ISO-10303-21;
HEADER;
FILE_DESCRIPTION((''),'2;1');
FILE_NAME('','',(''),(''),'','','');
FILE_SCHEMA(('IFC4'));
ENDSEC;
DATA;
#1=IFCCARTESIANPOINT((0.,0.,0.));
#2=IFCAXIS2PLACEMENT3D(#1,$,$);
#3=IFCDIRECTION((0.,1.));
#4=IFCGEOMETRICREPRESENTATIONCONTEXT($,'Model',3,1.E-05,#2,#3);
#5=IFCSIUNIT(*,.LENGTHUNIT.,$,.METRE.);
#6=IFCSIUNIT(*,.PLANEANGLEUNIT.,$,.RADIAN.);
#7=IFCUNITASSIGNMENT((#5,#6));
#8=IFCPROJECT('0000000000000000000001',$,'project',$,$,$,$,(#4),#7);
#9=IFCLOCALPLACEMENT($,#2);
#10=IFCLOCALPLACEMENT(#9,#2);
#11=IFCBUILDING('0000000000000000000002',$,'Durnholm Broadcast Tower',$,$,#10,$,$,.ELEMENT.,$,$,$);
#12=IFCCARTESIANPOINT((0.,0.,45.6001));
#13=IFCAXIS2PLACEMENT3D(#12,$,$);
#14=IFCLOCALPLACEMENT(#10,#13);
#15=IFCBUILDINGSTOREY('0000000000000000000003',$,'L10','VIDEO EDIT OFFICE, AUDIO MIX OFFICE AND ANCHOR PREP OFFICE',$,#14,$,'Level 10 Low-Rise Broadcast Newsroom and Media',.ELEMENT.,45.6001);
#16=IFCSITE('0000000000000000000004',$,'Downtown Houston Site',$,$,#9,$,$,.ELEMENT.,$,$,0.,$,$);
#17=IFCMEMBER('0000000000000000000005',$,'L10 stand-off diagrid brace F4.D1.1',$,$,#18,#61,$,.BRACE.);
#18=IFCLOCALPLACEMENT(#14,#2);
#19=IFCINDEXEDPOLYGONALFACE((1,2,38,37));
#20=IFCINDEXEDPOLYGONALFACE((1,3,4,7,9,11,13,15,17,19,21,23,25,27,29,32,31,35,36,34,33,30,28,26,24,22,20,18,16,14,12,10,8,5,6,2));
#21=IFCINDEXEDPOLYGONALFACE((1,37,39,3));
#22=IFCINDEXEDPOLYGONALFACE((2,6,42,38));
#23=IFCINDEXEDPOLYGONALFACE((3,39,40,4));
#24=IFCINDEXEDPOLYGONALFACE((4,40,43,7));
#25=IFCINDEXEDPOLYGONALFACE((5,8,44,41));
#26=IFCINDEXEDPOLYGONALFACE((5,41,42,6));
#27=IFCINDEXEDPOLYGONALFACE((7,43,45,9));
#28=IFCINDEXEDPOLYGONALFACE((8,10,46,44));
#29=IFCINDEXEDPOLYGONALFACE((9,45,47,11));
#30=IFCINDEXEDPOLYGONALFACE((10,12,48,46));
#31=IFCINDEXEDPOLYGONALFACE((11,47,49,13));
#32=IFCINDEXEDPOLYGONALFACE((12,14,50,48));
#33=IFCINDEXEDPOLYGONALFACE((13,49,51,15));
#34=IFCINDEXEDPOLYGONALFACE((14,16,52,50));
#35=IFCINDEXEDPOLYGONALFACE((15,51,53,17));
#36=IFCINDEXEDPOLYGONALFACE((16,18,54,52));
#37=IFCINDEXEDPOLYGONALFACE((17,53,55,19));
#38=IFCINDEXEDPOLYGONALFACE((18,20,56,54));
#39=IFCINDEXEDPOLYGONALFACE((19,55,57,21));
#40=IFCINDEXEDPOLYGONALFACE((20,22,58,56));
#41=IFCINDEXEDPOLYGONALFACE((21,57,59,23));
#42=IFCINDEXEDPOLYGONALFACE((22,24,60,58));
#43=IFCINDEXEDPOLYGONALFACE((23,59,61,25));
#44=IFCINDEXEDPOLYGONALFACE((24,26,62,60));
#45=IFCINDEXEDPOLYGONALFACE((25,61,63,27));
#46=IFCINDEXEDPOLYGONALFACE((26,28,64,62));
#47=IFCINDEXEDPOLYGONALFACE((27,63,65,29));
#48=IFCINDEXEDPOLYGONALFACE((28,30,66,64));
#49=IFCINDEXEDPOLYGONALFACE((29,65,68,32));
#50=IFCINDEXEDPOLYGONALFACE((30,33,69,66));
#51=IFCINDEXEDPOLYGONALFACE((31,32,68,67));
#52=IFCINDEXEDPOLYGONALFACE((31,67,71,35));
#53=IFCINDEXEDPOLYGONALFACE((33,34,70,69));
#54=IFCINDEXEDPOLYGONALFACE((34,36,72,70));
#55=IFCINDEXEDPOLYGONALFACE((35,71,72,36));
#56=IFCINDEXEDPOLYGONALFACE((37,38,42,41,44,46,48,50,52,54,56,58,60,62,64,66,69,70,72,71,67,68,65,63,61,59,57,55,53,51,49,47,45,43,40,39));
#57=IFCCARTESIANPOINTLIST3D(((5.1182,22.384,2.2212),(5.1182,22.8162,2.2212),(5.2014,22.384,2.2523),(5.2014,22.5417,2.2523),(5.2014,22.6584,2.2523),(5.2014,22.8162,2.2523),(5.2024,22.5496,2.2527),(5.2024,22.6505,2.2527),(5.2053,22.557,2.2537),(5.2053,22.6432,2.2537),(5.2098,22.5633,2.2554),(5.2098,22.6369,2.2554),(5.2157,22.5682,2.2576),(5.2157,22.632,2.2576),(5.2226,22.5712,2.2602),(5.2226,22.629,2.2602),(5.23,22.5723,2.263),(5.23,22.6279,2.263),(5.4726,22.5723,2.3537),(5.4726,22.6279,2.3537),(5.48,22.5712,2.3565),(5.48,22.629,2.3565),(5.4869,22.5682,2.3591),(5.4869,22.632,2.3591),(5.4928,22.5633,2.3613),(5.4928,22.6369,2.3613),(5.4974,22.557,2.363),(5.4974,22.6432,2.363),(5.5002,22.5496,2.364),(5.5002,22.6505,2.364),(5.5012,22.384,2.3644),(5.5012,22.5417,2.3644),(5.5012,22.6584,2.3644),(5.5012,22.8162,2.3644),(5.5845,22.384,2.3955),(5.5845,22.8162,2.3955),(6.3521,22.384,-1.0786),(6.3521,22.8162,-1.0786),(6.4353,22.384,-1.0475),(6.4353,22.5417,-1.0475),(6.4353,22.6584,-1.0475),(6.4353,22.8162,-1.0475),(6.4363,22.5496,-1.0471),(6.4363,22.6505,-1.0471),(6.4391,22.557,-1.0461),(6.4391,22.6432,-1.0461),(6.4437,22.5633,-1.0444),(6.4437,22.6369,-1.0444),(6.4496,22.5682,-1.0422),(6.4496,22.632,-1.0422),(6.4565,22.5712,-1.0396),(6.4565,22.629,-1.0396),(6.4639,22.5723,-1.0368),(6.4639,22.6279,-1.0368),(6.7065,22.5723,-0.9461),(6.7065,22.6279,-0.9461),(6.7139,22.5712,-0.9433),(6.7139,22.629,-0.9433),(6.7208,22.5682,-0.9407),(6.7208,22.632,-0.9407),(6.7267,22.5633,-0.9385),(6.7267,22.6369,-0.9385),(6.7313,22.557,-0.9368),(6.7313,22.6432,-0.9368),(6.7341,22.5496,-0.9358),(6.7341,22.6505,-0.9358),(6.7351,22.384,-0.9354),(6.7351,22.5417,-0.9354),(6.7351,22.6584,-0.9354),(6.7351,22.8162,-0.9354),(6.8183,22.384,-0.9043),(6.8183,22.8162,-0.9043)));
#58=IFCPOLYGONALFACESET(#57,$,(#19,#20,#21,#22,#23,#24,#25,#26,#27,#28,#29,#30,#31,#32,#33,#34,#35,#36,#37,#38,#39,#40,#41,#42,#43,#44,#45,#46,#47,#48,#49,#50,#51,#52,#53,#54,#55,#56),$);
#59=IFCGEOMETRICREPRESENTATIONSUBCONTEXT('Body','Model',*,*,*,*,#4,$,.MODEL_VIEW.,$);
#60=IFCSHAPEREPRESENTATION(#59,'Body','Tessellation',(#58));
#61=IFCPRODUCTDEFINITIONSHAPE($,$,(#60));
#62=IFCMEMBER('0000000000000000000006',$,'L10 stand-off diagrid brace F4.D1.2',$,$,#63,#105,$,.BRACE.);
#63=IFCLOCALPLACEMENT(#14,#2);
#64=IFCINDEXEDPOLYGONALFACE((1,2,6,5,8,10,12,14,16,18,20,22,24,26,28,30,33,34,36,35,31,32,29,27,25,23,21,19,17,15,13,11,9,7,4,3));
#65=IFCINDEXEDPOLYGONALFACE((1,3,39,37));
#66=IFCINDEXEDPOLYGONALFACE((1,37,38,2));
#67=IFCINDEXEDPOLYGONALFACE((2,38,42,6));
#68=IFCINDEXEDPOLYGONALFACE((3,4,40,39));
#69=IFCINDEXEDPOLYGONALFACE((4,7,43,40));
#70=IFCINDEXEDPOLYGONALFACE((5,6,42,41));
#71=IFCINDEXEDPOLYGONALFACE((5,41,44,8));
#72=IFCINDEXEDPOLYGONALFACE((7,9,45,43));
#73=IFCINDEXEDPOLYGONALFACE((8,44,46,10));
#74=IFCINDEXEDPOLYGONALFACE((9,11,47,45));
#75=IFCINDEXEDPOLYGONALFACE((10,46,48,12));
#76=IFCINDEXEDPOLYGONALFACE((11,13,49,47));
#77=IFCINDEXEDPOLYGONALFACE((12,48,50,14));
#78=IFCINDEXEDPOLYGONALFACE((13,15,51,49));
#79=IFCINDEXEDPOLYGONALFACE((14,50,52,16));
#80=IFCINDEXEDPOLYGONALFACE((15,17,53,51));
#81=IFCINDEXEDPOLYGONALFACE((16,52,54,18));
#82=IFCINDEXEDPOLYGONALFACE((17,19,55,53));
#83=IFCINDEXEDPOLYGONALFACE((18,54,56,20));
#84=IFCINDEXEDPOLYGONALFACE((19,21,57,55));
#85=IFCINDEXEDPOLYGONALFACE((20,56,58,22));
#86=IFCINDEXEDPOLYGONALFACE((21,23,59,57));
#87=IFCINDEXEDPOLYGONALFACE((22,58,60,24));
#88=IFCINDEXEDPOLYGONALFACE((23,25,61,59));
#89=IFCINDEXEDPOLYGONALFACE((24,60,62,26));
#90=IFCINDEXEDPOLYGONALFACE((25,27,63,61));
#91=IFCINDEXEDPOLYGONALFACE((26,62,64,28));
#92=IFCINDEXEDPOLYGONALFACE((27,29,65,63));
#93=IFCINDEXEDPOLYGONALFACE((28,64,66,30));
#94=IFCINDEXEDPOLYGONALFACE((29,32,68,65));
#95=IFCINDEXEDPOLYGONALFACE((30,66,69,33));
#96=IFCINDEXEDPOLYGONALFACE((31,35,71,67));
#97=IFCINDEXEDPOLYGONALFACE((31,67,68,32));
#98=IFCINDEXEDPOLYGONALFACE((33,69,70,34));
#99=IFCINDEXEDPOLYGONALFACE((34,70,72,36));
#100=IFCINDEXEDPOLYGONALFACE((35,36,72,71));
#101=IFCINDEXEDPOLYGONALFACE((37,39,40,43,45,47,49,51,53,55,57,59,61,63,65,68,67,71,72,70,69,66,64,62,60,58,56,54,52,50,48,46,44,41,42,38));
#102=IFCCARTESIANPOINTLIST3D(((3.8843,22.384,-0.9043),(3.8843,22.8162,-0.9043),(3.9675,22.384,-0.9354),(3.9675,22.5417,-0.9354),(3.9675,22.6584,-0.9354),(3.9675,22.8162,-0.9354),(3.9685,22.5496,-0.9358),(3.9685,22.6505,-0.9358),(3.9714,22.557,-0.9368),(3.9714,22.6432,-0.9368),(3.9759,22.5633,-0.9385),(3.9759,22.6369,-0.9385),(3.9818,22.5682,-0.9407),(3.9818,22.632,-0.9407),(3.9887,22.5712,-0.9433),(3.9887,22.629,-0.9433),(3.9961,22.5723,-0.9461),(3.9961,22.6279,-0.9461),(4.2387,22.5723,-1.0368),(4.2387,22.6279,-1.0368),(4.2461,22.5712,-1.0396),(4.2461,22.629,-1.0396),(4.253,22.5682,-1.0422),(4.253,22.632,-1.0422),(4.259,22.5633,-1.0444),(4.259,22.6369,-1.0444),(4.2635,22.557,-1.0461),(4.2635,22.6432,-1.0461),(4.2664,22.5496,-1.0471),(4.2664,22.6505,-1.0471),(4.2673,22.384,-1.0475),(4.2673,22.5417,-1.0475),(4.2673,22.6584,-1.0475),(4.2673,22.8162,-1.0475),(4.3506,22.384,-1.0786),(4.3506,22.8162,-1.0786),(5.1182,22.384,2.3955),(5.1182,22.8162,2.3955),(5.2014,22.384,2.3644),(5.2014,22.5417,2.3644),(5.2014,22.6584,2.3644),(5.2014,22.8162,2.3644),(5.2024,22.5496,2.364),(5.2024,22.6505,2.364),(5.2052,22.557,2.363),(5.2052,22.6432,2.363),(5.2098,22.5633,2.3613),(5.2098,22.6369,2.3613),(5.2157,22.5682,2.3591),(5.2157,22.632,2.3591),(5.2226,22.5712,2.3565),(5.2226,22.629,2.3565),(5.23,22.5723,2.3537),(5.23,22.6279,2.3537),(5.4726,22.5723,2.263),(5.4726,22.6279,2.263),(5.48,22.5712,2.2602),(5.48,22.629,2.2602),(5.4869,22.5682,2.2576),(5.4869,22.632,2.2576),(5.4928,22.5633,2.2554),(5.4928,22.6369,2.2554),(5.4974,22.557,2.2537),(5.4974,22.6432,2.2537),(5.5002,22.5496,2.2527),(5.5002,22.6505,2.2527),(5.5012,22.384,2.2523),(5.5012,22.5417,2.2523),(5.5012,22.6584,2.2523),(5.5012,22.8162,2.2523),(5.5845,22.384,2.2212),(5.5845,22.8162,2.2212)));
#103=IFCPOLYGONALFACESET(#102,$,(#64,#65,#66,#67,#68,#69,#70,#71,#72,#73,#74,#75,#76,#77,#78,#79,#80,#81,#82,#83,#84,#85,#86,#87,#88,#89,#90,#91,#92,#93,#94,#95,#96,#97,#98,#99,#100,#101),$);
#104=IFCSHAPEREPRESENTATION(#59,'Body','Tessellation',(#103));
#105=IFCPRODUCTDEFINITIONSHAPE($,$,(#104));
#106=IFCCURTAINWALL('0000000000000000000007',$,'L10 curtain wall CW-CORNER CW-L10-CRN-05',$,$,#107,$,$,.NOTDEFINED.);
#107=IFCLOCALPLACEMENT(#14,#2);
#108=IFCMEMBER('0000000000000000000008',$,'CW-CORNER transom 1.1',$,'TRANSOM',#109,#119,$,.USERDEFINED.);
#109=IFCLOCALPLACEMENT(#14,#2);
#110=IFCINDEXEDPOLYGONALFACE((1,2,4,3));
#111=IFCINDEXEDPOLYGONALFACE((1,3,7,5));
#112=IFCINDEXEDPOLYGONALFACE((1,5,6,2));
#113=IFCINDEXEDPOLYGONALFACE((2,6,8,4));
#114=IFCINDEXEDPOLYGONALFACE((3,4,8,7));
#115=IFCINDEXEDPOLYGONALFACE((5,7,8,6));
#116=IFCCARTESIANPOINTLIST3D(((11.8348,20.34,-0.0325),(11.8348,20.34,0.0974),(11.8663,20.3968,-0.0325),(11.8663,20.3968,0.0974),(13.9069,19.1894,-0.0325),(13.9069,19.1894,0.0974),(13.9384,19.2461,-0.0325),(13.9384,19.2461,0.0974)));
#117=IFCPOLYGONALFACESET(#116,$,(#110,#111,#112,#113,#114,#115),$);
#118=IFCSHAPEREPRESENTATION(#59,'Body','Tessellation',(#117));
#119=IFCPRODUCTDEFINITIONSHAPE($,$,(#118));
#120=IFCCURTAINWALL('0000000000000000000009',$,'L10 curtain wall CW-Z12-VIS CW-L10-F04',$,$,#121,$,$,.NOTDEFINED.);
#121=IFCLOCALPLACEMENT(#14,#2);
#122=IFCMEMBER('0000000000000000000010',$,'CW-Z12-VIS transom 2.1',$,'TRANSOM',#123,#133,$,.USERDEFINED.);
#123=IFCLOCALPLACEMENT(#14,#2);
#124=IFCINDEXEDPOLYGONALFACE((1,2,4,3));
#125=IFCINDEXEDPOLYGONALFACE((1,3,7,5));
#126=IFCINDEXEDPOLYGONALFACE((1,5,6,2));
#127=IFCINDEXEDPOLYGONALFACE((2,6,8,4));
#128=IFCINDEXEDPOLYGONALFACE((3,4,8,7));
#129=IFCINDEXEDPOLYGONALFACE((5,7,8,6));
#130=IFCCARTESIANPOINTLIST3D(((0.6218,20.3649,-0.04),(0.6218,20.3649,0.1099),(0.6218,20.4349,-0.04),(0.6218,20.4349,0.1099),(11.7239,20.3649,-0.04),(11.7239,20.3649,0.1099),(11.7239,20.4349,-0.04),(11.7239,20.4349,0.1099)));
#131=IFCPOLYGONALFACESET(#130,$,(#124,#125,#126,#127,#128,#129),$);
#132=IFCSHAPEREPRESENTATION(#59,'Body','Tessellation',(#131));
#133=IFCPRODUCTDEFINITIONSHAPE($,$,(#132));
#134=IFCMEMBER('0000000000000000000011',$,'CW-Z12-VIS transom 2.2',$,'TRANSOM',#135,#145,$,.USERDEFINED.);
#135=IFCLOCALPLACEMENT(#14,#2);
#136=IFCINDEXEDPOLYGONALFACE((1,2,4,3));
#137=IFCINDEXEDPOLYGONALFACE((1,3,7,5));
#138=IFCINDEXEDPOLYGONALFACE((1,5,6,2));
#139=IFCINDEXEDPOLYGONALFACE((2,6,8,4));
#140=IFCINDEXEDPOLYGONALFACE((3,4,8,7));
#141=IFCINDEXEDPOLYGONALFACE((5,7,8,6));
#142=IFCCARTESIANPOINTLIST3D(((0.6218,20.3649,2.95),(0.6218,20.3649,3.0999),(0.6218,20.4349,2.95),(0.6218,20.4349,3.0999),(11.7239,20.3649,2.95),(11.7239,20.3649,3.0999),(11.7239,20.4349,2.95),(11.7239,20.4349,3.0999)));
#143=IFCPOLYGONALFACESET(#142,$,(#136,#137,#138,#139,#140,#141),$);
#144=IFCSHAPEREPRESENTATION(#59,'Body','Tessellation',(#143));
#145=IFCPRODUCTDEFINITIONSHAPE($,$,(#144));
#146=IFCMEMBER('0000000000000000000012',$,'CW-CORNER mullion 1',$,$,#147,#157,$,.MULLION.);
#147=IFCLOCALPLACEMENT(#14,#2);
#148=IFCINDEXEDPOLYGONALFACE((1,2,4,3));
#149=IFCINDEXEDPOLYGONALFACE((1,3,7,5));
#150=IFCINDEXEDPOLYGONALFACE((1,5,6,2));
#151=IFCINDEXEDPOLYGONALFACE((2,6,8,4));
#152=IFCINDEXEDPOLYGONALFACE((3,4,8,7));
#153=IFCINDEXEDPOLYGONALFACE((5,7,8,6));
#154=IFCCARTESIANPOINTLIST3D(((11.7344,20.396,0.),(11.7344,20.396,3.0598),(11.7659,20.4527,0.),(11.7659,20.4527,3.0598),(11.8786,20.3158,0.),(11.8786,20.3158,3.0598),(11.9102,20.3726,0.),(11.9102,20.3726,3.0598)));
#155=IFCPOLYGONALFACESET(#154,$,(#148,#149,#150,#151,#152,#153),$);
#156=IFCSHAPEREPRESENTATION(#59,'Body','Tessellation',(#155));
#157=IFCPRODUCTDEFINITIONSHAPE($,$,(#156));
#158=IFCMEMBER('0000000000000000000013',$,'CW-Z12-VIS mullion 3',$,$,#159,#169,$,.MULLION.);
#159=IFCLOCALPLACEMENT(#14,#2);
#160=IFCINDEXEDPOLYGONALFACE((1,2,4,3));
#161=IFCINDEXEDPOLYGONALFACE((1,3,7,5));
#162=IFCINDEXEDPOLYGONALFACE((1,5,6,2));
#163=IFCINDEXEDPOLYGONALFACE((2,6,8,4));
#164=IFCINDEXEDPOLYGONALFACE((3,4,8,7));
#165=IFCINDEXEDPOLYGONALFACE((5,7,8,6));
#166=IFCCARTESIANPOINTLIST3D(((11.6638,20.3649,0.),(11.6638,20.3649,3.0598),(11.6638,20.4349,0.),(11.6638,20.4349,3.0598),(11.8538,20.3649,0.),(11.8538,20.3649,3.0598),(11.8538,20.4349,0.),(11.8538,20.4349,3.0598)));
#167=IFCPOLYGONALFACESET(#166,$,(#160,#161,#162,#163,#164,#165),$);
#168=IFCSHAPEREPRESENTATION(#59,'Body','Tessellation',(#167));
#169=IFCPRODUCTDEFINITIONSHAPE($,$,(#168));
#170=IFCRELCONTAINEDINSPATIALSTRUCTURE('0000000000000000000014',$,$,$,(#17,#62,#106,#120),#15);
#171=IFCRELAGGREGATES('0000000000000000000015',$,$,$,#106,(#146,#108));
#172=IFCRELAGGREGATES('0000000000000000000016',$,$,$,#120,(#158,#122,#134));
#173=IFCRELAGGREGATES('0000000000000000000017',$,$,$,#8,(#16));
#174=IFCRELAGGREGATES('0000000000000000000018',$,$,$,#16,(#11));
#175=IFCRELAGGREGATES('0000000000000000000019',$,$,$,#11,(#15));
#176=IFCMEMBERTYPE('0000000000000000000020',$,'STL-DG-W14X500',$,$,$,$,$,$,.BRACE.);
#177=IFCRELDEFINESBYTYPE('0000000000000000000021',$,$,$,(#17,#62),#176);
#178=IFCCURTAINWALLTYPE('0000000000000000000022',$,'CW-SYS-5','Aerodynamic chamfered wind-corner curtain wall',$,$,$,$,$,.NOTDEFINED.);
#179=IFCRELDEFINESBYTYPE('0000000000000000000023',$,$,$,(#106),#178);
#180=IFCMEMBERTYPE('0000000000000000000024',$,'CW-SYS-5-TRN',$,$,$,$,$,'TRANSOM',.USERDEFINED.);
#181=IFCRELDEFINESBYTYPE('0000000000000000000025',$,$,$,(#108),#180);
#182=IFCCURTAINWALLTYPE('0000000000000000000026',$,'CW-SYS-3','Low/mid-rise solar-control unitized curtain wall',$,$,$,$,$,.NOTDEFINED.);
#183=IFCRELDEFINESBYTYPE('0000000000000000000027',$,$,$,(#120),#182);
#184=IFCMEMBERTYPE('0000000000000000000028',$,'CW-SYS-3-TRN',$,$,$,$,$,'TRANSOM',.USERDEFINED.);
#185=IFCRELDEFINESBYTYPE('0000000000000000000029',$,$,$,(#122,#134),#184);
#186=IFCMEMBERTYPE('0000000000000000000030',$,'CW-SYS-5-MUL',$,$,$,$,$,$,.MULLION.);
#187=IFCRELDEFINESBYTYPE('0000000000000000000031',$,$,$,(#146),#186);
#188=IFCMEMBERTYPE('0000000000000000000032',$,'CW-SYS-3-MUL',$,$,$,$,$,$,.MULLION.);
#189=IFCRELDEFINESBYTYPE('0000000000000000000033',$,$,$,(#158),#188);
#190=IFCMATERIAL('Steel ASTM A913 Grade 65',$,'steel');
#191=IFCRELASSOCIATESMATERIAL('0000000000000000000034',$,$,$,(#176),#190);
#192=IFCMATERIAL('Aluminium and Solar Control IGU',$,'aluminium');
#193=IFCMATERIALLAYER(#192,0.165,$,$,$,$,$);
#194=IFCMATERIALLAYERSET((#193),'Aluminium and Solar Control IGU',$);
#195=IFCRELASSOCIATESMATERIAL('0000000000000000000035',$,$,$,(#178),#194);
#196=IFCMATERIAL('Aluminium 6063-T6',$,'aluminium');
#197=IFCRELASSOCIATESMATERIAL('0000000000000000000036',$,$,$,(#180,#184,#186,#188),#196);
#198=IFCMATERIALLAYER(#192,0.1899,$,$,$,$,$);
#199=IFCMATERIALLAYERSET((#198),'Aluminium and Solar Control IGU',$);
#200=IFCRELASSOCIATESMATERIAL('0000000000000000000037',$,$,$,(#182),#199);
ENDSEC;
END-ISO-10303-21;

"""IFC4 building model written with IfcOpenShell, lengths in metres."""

from ifc_helpers import new_model, si_unit, direction, frame, origin, origin_2d, place, context, subcontext, project, spatial, rectangle, i_section, extrude, source, transform, mapped, material, layer, layer_set, material_profile, profile_set, type_object, type_shapes, element, aggregate, save


model = new_model("IFC4")

# Units and contexts
model_context = context("Model", 3, precision=1e-05, world=origin(), true_north=direction((0.0, 1.0)))
body_context = subcontext(model_context, "Body", "Model", "MODEL_VIEW")
ifc_project = project(units=[si_unit("LENGTHUNIT", "METRE"), si_unit("PLANEANGLEUNIT", "RADIAN")], contexts=[model_context])

# Site, building, storey
site_placement = place(None, origin())
site = spatial("IfcSite", under=ifc_project, at=site_placement, Name="Downtown Houston Site", CompositionType="ELEMENT", RefElevation=0.0)
building_placement = place(site_placement, origin())
building = spatial("IfcBuilding", under=site, at=building_placement, Name="Durnholm Broadcast Tower", CompositionType="ELEMENT")
storey_placement = place(building_placement, frame((0.0, 0.0, 45.6001)))
storey = spatial("IfcBuildingStorey", under=building, at=storey_placement, Name="L10", Description="VIDEO EDIT OFFICE, AUDIO MIX OFFICE AND ANCHOR PREP OFFICE", LongName="Level 10 Low-Rise Broadcast Newsroom and Media", CompositionType="ELEMENT", Elevation=45.6001)

# Members
ifc_material_1 = material(Name="Steel ASTM A913 Grade 65", Category="steel")
ifc_material_profile_1 = material_profile(ifc_material_1, i_section(OverallWidth=0.4321, OverallDepth=0.4978, WebThickness=0.0557, FlangeThickness=0.0889, FilletRadius=0.0305, at=origin_2d()), Name="W14X500")
ifc_profile_set_1 = profile_set([ifc_material_profile_1], Name="Steel ASTM A913 Grade 65")
member_type_1 = type_object("IfcMemberType", Name="STL-DG-W14X500", PredefinedType="BRACE", material=ifc_profile_set_1)
shared_shape_1 = source(origin(), body_context, "Body", "SweptSolid", [
    extrude(i_section(OverallWidth=0.4321, OverallDepth=0.4978, WebThickness=0.0557, FlangeThickness=0.0889, FilletRadius=0.0305, at=origin_2d()), origin(), (0.0, 0.0, 1.0), 3.5229),
])
type_shapes(member_type_1, [shared_shape_1])
for number, where, z_axis, x_axis, name in (
    (1, (6.5852, 22.6001, -0.9915), (-0.350242, 0.0, 0.936659), (0.0, -1.0, 0.0), "L10 stand-off diagrid brace F4.D1.1"),
    (2, (4.1174, 22.6001, -0.9915), (0.350242, 0.0, 0.936659), (0.0, 1.0, 0.0), "L10 stand-off diagrid brace F4.D1.2"),
):
    element("IfcMember", number, at=place(storey_placement, frame(where, z_axis=z_axis, x_axis=x_axis)), inside=storey, type_object=member_type_1, Name=name, PredefinedType="BRACE", context=body_context, shape_type="MappedRepresentation", body=[
        mapped(shared_shape_1, transform((0.0, 0.0, 0.0), x_axis=(1.0, 0.0, 0.0), y_axis=(0.0, 1.0, 0.0), z_axis=(0.0, 0.0, 1.0), scale=1.0)),
    ])

# Curtain wall, member
ifc_material_2 = material(Name="Aluminium and Solar Control IGU", Category="aluminium")
ifc_layer_1 = layer(ifc_material_2, 0.165)
ifc_layer_set_1 = layer_set([ifc_layer_1], Name="Aluminium and Solar Control IGU")
curtain_wall_type_1 = type_object("IfcCurtainWallType", Name="CW-SYS-5", Description="Aerodynamic chamfered wind-corner curtain wall", PredefinedType="NOTDEFINED", material=ifc_layer_set_1)
curtain_wall_1_placement = place(storey_placement, origin())
curtain_wall_1 = element("IfcCurtainWall", 3, at=curtain_wall_1_placement, inside=storey, type_object=curtain_wall_type_1, Name="L10 curtain wall CW-CORNER CW-L10-CRN-05", PredefinedType="NOTDEFINED")
ifc_material_3 = material(Name="Aluminium 6063-T6", Category="aluminium")
ifc_material_profile_2 = material_profile(ifc_material_3, rectangle(XDim=0.0649, YDim=0.1299, at=origin_2d()), Name="CWT65X130")
ifc_profile_set_2 = profile_set([ifc_material_profile_2], Name="Aluminium 6063-T6")
member_type_2 = type_object("IfcMemberType", Name="CW-SYS-5-TRN", ElementType="TRANSOM", PredefinedType="USERDEFINED", material=ifc_profile_set_2)
shared_shape_2 = source(origin(), body_context, "Body", "SweptSolid", [
    extrude(rectangle(XDim=0.0649, YDim=0.1299, at=origin_2d()), origin(), (0.0, 0.0, 1.0), 2.3701),
])
type_shapes(member_type_2, [shared_shape_2])
member_1_placement = place(storey_placement, frame((11.8506, 20.3684, 0.0325), z_axis=(0.874245, -0.485485, 0.0), x_axis=(0.485485, 0.874245, 0.0)))
member_1 = element("IfcMember", 4, at=member_1_placement, type_object=member_type_2, Name="CW-CORNER transom 1.1", ObjectType="TRANSOM", PredefinedType="USERDEFINED", context=body_context, shape_type="MappedRepresentation", body=[
    mapped(shared_shape_2, transform((0.0, 0.0, 0.0), x_axis=(1.0, 0.0, 0.0), y_axis=(0.0, 1.0, 0.0), z_axis=(0.0, 0.0, 1.0), scale=1.0)),
])

# Curtain wall, members
ifc_layer_2 = layer(ifc_material_2, 0.1899)
ifc_layer_set_2 = layer_set([ifc_layer_2], Name="Aluminium and Solar Control IGU")
curtain_wall_type_2 = type_object("IfcCurtainWallType", Name="CW-SYS-3", Description="Low/mid-rise solar-control unitized curtain wall", PredefinedType="NOTDEFINED", material=ifc_layer_set_2)
curtain_wall_2_placement = place(storey_placement, origin())
curtain_wall_2 = element("IfcCurtainWall", 5, at=curtain_wall_2_placement, inside=storey, type_object=curtain_wall_type_2, Name="L10 curtain wall CW-Z12-VIS CW-L10-F04", PredefinedType="NOTDEFINED")
ifc_material_profile_3 = material_profile(ifc_material_3, rectangle(XDim=0.0701, YDim=0.1499, at=origin_2d()), Name="CWT70X150")
ifc_profile_set_3 = profile_set([ifc_material_profile_3], Name="Aluminium 6063-T6")
member_type_3 = type_object("IfcMemberType", Name="CW-SYS-3-TRN", ElementType="TRANSOM", PredefinedType="USERDEFINED", material=ifc_profile_set_3)
shared_shape_3 = source(origin(), body_context, "Body", "SweptSolid", [
    extrude(rectangle(XDim=0.0701, YDim=0.1499, at=origin_2d()), origin(), (0.0, 0.0, 1.0), 11.1021),
])
type_shapes(member_type_3, [shared_shape_3])
member_2_placement = place(storey_placement, frame((0.6218, 20.3999, 0.0349), z_axis=(1.0, 0.0, 0.0), x_axis=(0.0, 1.0, 0.0)))
member_2 = element("IfcMember", 6, at=member_2_placement, type_object=member_type_3, Name="CW-Z12-VIS transom 2.1", ObjectType="TRANSOM", PredefinedType="USERDEFINED", context=body_context, shape_type="MappedRepresentation", body=[
    mapped(shared_shape_3, transform((0.0, 0.0, 0.0), x_axis=(1.0, 0.0, 0.0), y_axis=(0.0, 1.0, 0.0), z_axis=(0.0, 0.0, 1.0), scale=1.0)),
])
member_3_placement = place(storey_placement, frame((0.6218, 20.3999, 3.0249), z_axis=(1.0, 0.0, 0.0), x_axis=(0.0, 1.0, 0.0)))
member_3 = element("IfcMember", 7, at=member_3_placement, type_object=member_type_3, Name="CW-Z12-VIS transom 2.2", ObjectType="TRANSOM", PredefinedType="USERDEFINED", context=body_context, shape_type="MappedRepresentation", body=[
    mapped(shared_shape_3, transform((0.0, 0.0, 0.0), x_axis=(1.0, 0.0, 0.0), y_axis=(0.0, 1.0, 0.0), z_axis=(0.0, 0.0, 1.0), scale=1.0)),
])

# Members
ifc_material_profile_4 = material_profile(ifc_material_3, rectangle(XDim=0.0649, YDim=0.165, at=origin_2d()), Name="CWM65X165")
ifc_profile_set_4 = profile_set([ifc_material_profile_4], Name="Aluminium 6063-T6")
member_type_4 = type_object("IfcMemberType", Name="CW-SYS-5-MUL", PredefinedType="MULLION", material=ifc_profile_set_4)
shared_shape_4 = source(origin(), body_context, "Body", "SweptSolid", [
    extrude(rectangle(XDim=0.0649, YDim=0.165, at=origin_2d()), origin(), (0.0, 0.0, 1.0), 3.0598),
])
type_shapes(member_type_4, [shared_shape_4])
member_4_placement = place(storey_placement, frame((11.8223, 20.3843, 0.0), z_axis=(0.0, 0.0, 1.0), x_axis=(0.485483, 0.874246, 0.0)))
member_4 = element("IfcMember", 8, at=member_4_placement, type_object=member_type_4, Name="CW-CORNER mullion 1", PredefinedType="MULLION", context=body_context, shape_type="MappedRepresentation", body=[
    mapped(shared_shape_4, transform((0.0, 0.0, 0.0), x_axis=(1.0, 0.0, 0.0), y_axis=(0.0, 1.0, 0.0), z_axis=(0.0, 0.0, 1.0), scale=1.0)),
])
aggregate(curtain_wall_1, [member_4, member_1])
ifc_material_profile_5 = material_profile(ifc_material_3, rectangle(XDim=0.0701, YDim=0.1899, at=origin_2d()), Name="CWM70X190")
ifc_profile_set_5 = profile_set([ifc_material_profile_5], Name="Aluminium 6063-T6")
member_type_5 = type_object("IfcMemberType", Name="CW-SYS-3-MUL", PredefinedType="MULLION", material=ifc_profile_set_5)
shared_shape_5 = source(origin(), body_context, "Body", "SweptSolid", [
    extrude(rectangle(XDim=0.0701, YDim=0.1899, at=origin_2d()), origin(), (0.0, 0.0, 1.0), 3.0598),
])
type_shapes(member_type_5, [shared_shape_5])
member_5_placement = place(storey_placement, frame((11.7588, 20.3999, 0.0), z_axis=(0.0, 0.0, 1.0), x_axis=(0.0, 1.0, 0.0)))
member_5 = element("IfcMember", 9, at=member_5_placement, type_object=member_type_5, Name="CW-Z12-VIS mullion 3", PredefinedType="MULLION", context=body_context, shape_type="MappedRepresentation", body=[
    mapped(shared_shape_5, transform((0.0, 0.0, 0.0), x_axis=(1.0, 0.0, 0.0), y_axis=(0.0, 1.0, 0.0), z_axis=(0.0, 0.0, 1.0), scale=1.0)),
])

aggregate(curtain_wall_2, [member_5, member_2, member_3])

save(model, "model.ifc")
